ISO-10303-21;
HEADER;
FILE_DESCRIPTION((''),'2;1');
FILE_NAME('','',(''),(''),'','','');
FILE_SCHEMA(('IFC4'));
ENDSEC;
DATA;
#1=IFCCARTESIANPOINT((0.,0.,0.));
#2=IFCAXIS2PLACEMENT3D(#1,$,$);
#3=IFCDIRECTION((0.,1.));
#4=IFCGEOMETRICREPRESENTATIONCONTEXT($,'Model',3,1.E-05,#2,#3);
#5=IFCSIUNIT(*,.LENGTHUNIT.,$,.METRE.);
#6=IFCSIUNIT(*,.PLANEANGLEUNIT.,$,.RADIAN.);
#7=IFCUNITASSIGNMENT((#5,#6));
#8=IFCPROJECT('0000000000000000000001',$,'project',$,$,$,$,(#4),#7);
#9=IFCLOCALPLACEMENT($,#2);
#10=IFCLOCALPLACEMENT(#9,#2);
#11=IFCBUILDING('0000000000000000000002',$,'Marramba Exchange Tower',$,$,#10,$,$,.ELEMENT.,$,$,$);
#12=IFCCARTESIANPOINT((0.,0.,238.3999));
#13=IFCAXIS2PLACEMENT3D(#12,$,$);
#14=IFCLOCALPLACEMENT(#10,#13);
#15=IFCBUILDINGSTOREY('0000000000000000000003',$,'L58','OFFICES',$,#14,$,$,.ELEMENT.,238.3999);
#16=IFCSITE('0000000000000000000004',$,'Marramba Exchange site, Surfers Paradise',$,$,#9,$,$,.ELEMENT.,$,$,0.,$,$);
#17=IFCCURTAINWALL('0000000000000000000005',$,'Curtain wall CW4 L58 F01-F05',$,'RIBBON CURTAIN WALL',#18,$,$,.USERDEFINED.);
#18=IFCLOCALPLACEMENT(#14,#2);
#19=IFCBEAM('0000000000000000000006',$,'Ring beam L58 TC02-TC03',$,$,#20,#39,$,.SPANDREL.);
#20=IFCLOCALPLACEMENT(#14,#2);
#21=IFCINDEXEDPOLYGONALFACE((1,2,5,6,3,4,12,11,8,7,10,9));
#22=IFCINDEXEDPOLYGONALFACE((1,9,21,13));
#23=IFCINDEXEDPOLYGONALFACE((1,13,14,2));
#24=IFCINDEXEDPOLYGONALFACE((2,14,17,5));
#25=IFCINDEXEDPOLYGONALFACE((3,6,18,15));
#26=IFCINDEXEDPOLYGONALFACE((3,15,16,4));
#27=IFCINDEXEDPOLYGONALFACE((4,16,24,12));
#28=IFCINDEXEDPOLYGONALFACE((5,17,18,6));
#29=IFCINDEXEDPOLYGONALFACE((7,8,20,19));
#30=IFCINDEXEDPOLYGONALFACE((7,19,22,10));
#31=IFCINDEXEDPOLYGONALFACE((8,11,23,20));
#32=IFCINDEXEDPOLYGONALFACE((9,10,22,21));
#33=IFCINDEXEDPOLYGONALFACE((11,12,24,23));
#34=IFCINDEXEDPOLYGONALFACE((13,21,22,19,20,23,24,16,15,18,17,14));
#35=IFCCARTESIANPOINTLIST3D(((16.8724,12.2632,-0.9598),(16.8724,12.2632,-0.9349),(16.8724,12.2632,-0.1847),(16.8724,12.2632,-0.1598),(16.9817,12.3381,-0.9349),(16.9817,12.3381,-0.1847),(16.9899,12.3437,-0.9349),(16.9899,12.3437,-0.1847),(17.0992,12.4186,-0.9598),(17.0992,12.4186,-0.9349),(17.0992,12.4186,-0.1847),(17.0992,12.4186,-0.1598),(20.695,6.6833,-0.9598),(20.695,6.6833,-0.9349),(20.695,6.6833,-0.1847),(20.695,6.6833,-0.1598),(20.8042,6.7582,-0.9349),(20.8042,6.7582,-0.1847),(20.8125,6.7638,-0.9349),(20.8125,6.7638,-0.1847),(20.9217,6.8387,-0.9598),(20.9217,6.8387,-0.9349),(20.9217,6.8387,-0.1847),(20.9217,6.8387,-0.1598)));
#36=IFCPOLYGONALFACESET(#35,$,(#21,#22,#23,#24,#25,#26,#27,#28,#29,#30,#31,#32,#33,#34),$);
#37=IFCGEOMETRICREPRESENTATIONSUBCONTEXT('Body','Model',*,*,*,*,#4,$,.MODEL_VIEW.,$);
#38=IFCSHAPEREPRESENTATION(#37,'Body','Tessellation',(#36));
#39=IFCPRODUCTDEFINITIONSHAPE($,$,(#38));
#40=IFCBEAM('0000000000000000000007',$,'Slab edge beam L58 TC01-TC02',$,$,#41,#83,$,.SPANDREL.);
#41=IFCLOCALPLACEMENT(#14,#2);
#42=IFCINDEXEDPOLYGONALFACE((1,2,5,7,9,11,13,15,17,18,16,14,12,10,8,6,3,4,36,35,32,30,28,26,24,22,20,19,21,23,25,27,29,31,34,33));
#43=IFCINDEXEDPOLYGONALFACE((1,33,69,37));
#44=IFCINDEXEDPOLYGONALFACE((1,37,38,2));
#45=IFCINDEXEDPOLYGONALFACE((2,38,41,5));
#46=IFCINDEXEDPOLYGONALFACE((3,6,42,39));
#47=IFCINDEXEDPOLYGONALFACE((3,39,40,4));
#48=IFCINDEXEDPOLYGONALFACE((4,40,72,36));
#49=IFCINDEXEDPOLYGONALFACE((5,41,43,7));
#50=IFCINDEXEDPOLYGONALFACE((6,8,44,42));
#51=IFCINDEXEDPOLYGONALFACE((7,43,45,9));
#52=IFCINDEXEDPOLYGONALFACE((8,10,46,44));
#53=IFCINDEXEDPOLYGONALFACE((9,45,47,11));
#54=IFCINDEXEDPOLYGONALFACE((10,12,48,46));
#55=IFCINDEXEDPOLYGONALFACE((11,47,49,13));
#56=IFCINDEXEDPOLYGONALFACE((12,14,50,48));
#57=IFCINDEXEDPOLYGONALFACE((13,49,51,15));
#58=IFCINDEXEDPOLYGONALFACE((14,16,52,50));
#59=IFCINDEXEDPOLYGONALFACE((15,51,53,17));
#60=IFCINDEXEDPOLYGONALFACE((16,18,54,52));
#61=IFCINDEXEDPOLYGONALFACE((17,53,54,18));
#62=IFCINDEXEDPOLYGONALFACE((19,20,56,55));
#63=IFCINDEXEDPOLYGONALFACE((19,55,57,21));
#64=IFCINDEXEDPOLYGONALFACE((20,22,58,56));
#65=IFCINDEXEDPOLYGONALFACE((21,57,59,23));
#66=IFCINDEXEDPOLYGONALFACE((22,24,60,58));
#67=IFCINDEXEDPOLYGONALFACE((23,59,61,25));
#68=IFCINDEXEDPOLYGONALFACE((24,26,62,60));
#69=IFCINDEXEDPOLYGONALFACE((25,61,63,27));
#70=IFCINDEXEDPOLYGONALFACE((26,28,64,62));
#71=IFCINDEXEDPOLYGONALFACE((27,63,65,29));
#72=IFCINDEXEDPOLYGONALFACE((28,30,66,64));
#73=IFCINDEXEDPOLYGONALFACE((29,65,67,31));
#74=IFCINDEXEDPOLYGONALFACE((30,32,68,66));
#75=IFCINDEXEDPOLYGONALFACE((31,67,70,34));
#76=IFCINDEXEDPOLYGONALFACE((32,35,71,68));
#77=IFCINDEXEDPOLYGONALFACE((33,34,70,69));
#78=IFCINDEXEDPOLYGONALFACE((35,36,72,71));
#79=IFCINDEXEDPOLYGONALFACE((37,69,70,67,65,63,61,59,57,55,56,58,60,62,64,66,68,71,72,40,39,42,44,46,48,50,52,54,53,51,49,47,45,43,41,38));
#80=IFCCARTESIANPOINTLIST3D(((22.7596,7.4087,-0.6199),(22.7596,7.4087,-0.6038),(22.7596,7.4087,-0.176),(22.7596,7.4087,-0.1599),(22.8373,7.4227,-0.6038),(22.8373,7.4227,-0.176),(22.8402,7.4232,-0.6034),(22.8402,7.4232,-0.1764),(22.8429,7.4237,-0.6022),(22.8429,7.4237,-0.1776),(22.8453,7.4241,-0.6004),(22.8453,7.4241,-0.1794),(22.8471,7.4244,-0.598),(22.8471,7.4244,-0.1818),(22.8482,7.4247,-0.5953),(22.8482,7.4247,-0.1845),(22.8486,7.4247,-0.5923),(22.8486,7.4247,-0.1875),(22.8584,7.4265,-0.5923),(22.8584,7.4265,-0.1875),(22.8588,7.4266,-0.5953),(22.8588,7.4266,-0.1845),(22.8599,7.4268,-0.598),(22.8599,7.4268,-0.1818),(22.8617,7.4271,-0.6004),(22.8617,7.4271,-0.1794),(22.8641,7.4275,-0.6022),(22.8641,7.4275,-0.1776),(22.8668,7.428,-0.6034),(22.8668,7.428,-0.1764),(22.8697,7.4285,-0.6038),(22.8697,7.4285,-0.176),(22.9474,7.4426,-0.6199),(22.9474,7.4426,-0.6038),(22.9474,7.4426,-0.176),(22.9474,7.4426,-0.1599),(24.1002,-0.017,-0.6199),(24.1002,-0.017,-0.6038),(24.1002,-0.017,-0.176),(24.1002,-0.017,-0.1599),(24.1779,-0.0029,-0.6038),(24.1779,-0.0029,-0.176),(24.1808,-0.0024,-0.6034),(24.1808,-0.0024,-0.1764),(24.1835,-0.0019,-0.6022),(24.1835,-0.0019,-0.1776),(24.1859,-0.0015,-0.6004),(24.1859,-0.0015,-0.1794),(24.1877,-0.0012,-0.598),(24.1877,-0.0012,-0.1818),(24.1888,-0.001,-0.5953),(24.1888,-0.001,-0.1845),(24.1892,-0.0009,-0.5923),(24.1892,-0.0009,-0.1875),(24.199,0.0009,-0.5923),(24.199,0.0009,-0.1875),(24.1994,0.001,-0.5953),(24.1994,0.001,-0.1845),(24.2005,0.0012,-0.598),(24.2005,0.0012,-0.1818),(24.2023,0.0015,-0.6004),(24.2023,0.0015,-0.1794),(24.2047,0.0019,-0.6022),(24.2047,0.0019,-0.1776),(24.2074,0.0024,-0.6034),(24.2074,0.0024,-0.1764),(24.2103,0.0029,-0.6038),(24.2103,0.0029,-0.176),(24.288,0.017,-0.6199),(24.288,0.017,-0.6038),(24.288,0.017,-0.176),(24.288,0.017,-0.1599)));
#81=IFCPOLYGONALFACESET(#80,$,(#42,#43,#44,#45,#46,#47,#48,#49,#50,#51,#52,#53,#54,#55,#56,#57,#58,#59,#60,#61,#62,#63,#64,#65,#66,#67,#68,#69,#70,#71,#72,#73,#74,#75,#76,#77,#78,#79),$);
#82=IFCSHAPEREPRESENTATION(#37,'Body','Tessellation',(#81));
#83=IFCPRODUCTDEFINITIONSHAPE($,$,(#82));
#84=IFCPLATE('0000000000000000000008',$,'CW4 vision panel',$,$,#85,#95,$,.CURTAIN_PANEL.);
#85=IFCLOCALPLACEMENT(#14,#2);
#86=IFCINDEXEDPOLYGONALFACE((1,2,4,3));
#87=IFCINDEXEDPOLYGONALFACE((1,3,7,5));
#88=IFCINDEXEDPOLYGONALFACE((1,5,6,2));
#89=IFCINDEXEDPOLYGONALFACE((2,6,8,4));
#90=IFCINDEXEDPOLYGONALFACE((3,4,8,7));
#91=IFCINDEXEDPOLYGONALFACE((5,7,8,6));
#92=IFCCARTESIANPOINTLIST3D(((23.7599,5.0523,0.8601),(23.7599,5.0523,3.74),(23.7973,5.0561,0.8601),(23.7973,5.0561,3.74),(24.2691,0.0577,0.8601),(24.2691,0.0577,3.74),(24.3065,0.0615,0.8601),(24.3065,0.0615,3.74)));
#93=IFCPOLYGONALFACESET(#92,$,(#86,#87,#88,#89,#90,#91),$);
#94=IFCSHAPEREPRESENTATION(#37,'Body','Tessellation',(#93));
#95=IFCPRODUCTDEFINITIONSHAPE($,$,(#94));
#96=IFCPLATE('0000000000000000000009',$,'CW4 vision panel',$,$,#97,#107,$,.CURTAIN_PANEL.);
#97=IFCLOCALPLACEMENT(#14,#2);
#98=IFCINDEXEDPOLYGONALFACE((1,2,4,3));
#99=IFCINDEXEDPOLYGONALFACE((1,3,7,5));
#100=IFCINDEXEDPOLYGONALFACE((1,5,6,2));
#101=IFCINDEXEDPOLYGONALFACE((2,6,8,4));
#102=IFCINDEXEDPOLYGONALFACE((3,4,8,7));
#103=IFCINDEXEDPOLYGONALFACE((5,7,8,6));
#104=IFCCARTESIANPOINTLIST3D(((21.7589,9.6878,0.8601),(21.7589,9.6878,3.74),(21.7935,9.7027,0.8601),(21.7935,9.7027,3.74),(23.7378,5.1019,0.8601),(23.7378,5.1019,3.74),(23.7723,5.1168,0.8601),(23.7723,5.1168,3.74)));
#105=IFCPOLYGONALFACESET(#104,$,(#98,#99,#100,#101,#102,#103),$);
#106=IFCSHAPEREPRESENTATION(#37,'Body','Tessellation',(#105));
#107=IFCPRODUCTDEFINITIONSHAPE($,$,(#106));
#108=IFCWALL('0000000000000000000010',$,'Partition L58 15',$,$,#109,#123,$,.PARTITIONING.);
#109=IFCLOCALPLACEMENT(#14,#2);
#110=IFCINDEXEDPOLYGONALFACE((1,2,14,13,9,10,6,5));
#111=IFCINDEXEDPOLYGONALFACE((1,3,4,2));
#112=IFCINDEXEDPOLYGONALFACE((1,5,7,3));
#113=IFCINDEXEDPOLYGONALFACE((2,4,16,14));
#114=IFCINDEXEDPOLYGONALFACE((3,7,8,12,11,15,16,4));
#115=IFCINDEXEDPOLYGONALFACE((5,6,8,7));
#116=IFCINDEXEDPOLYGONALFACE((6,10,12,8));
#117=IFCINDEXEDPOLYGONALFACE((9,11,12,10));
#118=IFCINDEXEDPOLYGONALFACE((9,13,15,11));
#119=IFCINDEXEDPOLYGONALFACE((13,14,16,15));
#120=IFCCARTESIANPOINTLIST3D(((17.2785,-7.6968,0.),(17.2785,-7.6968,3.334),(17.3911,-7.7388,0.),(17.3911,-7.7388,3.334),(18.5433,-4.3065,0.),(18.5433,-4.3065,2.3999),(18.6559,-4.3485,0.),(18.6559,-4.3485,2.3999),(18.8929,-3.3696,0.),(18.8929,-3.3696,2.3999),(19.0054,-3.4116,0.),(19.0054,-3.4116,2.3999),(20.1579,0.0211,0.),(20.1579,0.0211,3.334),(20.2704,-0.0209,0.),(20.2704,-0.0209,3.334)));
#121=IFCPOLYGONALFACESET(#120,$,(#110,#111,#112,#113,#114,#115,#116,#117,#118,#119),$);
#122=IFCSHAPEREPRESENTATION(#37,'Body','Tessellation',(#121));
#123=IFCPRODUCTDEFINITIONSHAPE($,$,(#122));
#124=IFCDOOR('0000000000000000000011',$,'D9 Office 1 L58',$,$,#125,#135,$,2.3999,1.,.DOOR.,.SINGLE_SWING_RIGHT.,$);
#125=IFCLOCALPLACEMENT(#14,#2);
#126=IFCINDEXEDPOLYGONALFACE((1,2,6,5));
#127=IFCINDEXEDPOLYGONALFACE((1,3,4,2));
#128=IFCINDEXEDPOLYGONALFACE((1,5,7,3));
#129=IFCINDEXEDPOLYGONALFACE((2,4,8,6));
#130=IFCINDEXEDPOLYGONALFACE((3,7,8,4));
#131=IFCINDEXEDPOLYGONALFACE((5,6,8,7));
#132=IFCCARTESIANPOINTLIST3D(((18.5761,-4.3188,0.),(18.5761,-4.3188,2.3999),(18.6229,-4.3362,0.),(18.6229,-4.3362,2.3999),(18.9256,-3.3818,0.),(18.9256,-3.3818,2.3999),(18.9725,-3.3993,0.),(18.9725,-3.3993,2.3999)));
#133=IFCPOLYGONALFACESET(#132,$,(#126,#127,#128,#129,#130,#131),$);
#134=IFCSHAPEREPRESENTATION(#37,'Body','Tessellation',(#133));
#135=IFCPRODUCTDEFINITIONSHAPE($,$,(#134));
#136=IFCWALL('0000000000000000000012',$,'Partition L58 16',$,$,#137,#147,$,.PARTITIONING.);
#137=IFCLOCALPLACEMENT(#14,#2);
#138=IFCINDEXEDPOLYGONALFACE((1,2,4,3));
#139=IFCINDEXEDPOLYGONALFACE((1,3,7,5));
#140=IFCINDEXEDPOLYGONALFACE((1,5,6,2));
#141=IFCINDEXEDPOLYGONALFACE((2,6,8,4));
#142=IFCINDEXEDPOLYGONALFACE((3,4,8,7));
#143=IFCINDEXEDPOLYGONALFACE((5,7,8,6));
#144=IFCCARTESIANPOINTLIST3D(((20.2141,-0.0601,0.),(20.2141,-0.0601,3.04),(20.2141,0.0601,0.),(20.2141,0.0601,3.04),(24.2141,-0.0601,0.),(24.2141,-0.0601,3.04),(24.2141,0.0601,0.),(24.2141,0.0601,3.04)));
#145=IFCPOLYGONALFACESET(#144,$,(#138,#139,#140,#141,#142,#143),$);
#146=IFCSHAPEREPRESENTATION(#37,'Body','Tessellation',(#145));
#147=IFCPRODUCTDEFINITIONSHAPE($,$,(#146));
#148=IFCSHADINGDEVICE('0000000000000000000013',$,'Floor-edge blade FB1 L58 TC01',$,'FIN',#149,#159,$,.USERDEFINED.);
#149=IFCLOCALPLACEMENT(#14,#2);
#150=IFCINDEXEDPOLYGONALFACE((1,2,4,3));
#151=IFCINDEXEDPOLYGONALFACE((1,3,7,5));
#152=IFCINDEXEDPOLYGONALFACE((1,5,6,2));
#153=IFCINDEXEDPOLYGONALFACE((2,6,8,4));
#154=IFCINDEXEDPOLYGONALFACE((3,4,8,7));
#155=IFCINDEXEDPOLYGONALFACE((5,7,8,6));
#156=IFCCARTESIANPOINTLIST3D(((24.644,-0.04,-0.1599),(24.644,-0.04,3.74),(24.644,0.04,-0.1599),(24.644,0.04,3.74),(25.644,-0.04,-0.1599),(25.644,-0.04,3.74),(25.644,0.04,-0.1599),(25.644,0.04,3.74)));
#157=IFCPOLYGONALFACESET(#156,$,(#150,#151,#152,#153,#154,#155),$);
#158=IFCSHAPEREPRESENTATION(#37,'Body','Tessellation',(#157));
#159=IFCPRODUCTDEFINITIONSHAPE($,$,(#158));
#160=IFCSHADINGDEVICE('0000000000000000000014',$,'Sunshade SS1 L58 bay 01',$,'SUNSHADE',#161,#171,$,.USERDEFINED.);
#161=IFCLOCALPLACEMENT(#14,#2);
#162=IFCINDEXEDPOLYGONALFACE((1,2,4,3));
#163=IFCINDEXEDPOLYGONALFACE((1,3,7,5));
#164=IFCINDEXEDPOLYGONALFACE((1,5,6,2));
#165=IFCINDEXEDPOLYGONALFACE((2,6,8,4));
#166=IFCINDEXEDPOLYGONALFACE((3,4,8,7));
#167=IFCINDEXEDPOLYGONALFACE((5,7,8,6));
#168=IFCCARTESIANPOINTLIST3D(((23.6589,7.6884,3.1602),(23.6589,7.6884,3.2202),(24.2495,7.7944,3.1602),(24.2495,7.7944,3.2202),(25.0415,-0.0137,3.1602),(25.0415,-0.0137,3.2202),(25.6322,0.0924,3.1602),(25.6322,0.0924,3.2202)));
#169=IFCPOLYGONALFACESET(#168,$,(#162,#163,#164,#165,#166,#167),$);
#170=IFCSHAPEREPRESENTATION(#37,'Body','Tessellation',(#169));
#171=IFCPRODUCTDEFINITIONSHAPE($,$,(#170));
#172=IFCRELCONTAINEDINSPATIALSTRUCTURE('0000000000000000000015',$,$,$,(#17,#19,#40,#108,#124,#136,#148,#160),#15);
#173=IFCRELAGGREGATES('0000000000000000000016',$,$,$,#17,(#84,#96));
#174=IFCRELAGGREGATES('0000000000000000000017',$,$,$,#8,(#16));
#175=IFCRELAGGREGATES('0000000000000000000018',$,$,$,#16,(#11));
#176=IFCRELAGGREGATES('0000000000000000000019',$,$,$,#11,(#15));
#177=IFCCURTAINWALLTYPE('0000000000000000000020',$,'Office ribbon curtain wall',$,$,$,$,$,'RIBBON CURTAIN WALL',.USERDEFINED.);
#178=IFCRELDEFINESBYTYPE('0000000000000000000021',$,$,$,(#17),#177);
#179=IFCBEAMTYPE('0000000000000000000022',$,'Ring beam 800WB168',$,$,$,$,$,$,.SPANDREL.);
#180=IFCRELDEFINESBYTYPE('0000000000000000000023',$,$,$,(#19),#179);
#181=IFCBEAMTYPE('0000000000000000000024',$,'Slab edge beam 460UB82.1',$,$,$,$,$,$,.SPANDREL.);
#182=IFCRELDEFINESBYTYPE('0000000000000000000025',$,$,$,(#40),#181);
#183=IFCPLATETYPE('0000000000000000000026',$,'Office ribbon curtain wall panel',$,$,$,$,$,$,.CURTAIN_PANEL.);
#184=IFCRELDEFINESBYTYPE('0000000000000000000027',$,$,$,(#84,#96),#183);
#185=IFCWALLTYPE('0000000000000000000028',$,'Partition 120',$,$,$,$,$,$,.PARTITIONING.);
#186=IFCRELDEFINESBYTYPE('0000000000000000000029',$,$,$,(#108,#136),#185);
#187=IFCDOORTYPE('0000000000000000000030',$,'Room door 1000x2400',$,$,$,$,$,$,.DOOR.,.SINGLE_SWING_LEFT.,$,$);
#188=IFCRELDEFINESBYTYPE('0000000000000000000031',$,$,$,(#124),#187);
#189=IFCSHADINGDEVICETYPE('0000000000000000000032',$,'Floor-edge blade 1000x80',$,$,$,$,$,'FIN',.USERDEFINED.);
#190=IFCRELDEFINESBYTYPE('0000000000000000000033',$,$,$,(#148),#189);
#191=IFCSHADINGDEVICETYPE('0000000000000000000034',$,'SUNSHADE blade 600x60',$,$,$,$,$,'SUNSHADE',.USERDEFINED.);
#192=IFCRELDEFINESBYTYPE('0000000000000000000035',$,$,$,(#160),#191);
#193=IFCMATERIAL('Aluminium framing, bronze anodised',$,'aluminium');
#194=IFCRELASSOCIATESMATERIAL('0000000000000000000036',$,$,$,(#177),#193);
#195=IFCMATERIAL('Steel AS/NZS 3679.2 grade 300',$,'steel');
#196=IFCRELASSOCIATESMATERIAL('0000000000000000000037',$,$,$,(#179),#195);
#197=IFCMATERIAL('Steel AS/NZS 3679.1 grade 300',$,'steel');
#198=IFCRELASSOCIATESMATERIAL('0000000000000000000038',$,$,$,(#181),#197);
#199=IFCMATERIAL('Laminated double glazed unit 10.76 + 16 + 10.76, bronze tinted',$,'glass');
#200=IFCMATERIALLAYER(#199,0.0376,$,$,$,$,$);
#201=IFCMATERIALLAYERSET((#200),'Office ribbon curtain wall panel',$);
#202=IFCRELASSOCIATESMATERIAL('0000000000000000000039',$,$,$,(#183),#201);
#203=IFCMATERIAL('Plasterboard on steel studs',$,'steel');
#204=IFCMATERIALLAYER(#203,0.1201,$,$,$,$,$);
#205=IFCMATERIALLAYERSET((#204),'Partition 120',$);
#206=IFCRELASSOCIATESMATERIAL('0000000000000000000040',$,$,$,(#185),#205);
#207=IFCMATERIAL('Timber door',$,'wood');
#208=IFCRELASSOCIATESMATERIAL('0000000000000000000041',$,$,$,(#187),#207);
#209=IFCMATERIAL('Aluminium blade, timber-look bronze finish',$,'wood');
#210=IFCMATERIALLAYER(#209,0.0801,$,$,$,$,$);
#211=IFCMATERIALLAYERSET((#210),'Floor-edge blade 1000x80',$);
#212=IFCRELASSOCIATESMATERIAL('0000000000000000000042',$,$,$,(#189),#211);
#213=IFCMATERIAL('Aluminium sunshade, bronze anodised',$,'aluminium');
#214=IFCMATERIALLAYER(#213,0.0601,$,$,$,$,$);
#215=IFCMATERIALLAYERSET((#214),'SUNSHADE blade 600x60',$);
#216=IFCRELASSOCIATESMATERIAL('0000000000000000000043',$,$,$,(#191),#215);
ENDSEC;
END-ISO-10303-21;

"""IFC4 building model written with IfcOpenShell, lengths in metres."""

from ifc_helpers import new_model, si_unit, direction, frame, frame_2d, origin, origin_2d, place, context, subcontext, project, spatial, rectangle, i_section, extrude, material, layer, layer_set, material_profile, profile_set, type_object, element, fill, aggregate, save


model = new_model("IFC4")

# Units and contexts
model_context = context("Model", 3, precision=1e-05, world=origin(), true_north=direction((0.0, 1.0)))
body_context = subcontext(model_context, "Body", "Model", "MODEL_VIEW")
ifc_project = project(units=[si_unit("LENGTHUNIT", "METRE"), si_unit("PLANEANGLEUNIT", "RADIAN")], contexts=[model_context])

# Site, building, storey
site_placement = place(None, origin())
site = spatial("IfcSite", under=ifc_project, at=site_placement, Name="Marramba Exchange site, Surfers Paradise", CompositionType="ELEMENT", RefElevation=0.0)
building_placement = place(site_placement, origin())
building = spatial("IfcBuilding", under=site, at=building_placement, Name="Marramba Exchange Tower", CompositionType="ELEMENT")
storey_placement = place(building_placement, frame((0.0, 0.0, 238.3999)))
storey = spatial("IfcBuildingStorey", under=building, at=storey_placement, Name="L58", Description="OFFICES", CompositionType="ELEMENT", Elevation=238.3999)

# Shared definitions
ifc_material_1 = material(Name="Steel AS/NZS 3679.2 grade 300", Category="steel")
ifc_material_2 = material(Name="Steel AS/NZS 3679.1 grade 300", Category="steel")

# Curtain wall
ifc_material_3 = material(Name="Aluminium framing, bronze anodised", Category="aluminium")
curtain_wall_type = type_object("IfcCurtainWallType", Name="Office ribbon curtain wall", ElementType="RIBBON CURTAIN WALL", PredefinedType="USERDEFINED", material=ifc_material_3)
curtain_wall_placement = place(storey_placement, origin())
curtain_wall = element("IfcCurtainWall", 1, at=curtain_wall_placement, inside=storey, type_object=curtain_wall_type, Name="Curtain wall CW4 L58 F01-F05", ObjectType="RIBBON CURTAIN WALL", PredefinedType="USERDEFINED")

# Beams
ifc_material_profile_1 = material_profile(ifc_material_1, i_section(OverallWidth=0.2749, OverallDepth=0.8, WebThickness=0.01, FlangeThickness=0.0249, at=origin_2d()), Name="800WB168")
ifc_profile_set_1 = profile_set([ifc_material_profile_1], Name="Steel AS/NZS 3679.2 grade 300")
beam_type_1 = type_object("IfcBeamType", Name="Ring beam 800WB168", PredefinedType="SPANDREL", material=ifc_profile_set_1)
beam_1_placement = place(storey_placement, frame((20.8083, 6.761, -0.5598), z_axis=(-0.56516, 0.824981, 0.0), x_axis=(-0.824981, -0.56516, 0.0)))
element("IfcBeam", 2, at=beam_1_placement, inside=storey, type_object=beam_type_1, Name="Ring beam L58 TC02-TC03", PredefinedType="SPANDREL", context=body_context, shape_type="SweptSolid", body=[
    extrude(i_section(OverallWidth=0.2749, OverallDepth=0.8, WebThickness=0.01, FlangeThickness=0.0249, at=origin_2d()), origin(), (0.0, 0.0, 1.0), 6.7637),
])
ifc_material_profile_2 = material_profile(ifc_material_2, i_section(OverallWidth=0.1909, OverallDepth=0.46, WebThickness=0.01, FlangeThickness=0.0161, FilletRadius=0.0115, at=origin_2d()), Name="460UB82.1")
ifc_profile_set_2 = profile_set([ifc_material_profile_2], Name="Steel AS/NZS 3679.1 grade 300")
beam_type_2 = type_object("IfcBeamType", Name="Slab edge beam 460UB82.1", PredefinedType="SPANDREL", material=ifc_profile_set_2)
beam_2_placement = place(storey_placement, frame((24.1941, 0.0, -0.3899), z_axis=(-0.177664, 0.984091, 0.0), x_axis=(-0.984091, -0.177664, 0.0)))
element("IfcBeam", 3, at=beam_2_placement, inside=storey, type_object=beam_type_2, Name="Slab edge beam L58 TC01-TC02", PredefinedType="SPANDREL", context=body_context, shape_type="SweptSolid", body=[
    extrude(i_section(OverallWidth=0.1909, OverallDepth=0.46, WebThickness=0.01, FlangeThickness=0.0161, FilletRadius=0.0115, at=origin_2d()), origin(), (0.0, 0.0, 1.0), 7.5457),
])

# Plates
ifc_material_4 = material(Name="Laminated double glazed unit 10.76 + 16 + 10.76, bronze tinted", Category="glass")
ifc_layer_1 = layer(ifc_material_4, 0.0376)
ifc_layer_set_1 = layer_set([ifc_layer_1], Name="Office ribbon curtain wall panel")
plate_type = type_object("IfcPlateType", Name="Office ribbon curtain wall panel", PredefinedType="CURTAIN_PANEL", material=ifc_layer_set_1)
plate_1_placement = place(storey_placement, frame((24.0332, 2.5569, 0.8601), z_axis=(0.0, 0.0, 1.0), x_axis=(-0.101422, 0.994843, 0.0)))
plate_1 = element("IfcPlate", 4, at=plate_1_placement, type_object=plate_type, Name="CW4 vision panel", PredefinedType="CURTAIN_PANEL", context=body_context, shape_type="SweptSolid", body=[
    extrude(rectangle(XDim=5.0205, YDim=0.0376, at=origin_2d()), origin(), (0.0, 0.0, 1.0), 2.8799),
])
plate_2_placement = place(storey_placement, frame((22.7656, 7.4023, 0.8601), z_axis=(0.0, 0.0, 1.0), x_axis=(-0.396193, 0.918167, 0.0)))
plate_2 = element("IfcPlate", 5, at=plate_2_placement, type_object=plate_type, Name="CW4 vision panel", PredefinedType="CURTAIN_PANEL", context=body_context, shape_type="SweptSolid", body=[
    extrude(rectangle(XDim=4.9946, YDim=0.0376, at=origin_2d()), origin(), (0.0, 0.0, 1.0), 2.8799),
])
aggregate(curtain_wall, [plate_1, plate_2])

# Wall, opening, door
ifc_material_5 = material(Name="Plasterboard on steel studs", Category="steel")
ifc_layer_2 = layer(ifc_material_5, 0.1201)
ifc_layer_set_2 = layer_set([ifc_layer_2], Name="Partition 120")
wall_type = type_object("IfcWallType", Name="Partition 120", PredefinedType="PARTITIONING", material=ifc_layer_set_2)
wall_1_placement = place(storey_placement, frame((20.2141, 0.0, 0.0), z_axis=(0.0, 0.0, 1.0), x_axis=(-0.349541, -0.936921, 0.0)))
wall_1 = element("IfcWall", 6, at=wall_1_placement, inside=storey, type_object=wall_type, Name="Partition L58 15", PredefinedType="PARTITIONING", context=body_context, shape_type="SweptSolid", body=[
    extrude(rectangle(XDim=8.2375, YDim=0.1201, at=frame_2d((4.1187, 0.0))), origin(), (0.0, 0.0, 1.0), 3.334),
])
opening_placement = place(wall_1_placement, frame((3.6189, 0.0, 0.0)))
opening = element("IfcOpeningElement", 7, at=opening_placement, cuts=wall_1, PredefinedType="OPENING", context=body_context, shape_type="SweptSolid", body=[
    extrude(rectangle(XDim=1.0, YDim=2.3999, at=frame_2d((0.5, 1.2))), frame((0.0, 0.0701, 0.0), z_axis=(0.0, -1.0, 0.0), x_axis=(1.0, 0.0, 0.0)), (0.0, 0.0, 1.0), 0.1401),
])
ifc_material_6 = material(Name="Timber door", Category="wood")
door_type = type_object("IfcDoorType", Name="Room door 1000x2400", OperationType="SINGLE_SWING_LEFT", PredefinedType="DOOR", material=ifc_material_6)
door_placement = place(opening_placement, origin())
door = element("IfcDoor", 8, at=door_placement, inside=storey, type_object=door_type, Name="D9 Office 1 L58", OperationType="SINGLE_SWING_RIGHT", OverallHeight=2.3999, OverallWidth=1.0, PredefinedType="DOOR", context=body_context, shape_type="SweptSolid", body=[
    extrude(rectangle(XDim=1.0, YDim=2.3999, at=frame_2d((0.5, 1.2))), frame((0.0, 0.0249, 0.0), z_axis=(0.0, -1.0, 0.0), x_axis=(1.0, 0.0, 0.0)), (0.0, 0.0, 1.0), 0.05),
])
fill(opening, door)

# Wall
wall_2_placement = place(storey_placement, frame((24.2141, 0.0, 0.0), z_axis=(0.0, 0.0, 1.0), x_axis=(-1.0, 0.0, 0.0)))
element("IfcWall", 9, at=wall_2_placement, inside=storey, type_object=wall_type, Name="Partition L58 16", PredefinedType="PARTITIONING", context=body_context, shape_type="SweptSolid", body=[
    extrude(rectangle(XDim=4.0, YDim=0.1201, at=frame_2d((2.0, 0.0))), origin(), (0.0, 0.0, 1.0), 3.04),
])

# Shading devices
ifc_material_7 = material(Name="Aluminium blade, timber-look bronze finish", Category="wood")
ifc_layer_3 = layer(ifc_material_7, 0.0801)
ifc_layer_set_3 = layer_set([ifc_layer_3], Name="Floor-edge blade 1000x80")
shading_device_type_1 = type_object("IfcShadingDeviceType", Name="Floor-edge blade 1000x80", ElementType="FIN", PredefinedType="USERDEFINED", material=ifc_layer_set_3)
shading_device_1_placement = place(storey_placement, frame((25.144, 0.0, -0.1599), z_axis=(0.0, 0.0, 1.0), x_axis=(1.0, 0.0, 0.0)))
element("IfcShadingDevice", 10, at=shading_device_1_placement, inside=storey, type_object=shading_device_type_1, Name="Floor-edge blade FB1 L58 TC01", ObjectType="FIN", PredefinedType="USERDEFINED", context=body_context, shape_type="SweptSolid", body=[
    extrude(rectangle(XDim=1.0, YDim=0.0801, at=origin_2d()), origin(), (0.0, 0.0, 1.0), 3.8999),
])
ifc_material_8 = material(Name="Aluminium sunshade, bronze anodised", Category="aluminium")
ifc_layer_4 = layer(ifc_material_8, 0.0601)
ifc_layer_set_4 = layer_set([ifc_layer_4], Name="SUNSHADE blade 600x60")
shading_device_type_2 = type_object("IfcShadingDeviceType", Name="SUNSHADE blade 600x60", ElementType="SUNSHADE", PredefinedType="USERDEFINED", material=ifc_layer_set_4)
shading_device_2_placement = place(storey_placement, frame((24.6455, 3.8904, 3.1602), z_axis=(0.0, 0.0, 1.0), x_axis=(-0.176691, 0.984266, 0.0)))
element("IfcShadingDevice", 11, at=shading_device_2_placement, inside=storey, type_object=shading_device_type_2, Name="Sunshade SS1 L58 bay 01", ObjectType="SUNSHADE", PredefinedType="USERDEFINED", context=body_context, shape_type="SweptSolid", body=[
    extrude(rectangle(XDim=7.8252, YDim=0.6001, at=origin_2d()), origin(), (0.0, 0.0, 1.0), 0.0601),
])

save(model, "model.ifc")
